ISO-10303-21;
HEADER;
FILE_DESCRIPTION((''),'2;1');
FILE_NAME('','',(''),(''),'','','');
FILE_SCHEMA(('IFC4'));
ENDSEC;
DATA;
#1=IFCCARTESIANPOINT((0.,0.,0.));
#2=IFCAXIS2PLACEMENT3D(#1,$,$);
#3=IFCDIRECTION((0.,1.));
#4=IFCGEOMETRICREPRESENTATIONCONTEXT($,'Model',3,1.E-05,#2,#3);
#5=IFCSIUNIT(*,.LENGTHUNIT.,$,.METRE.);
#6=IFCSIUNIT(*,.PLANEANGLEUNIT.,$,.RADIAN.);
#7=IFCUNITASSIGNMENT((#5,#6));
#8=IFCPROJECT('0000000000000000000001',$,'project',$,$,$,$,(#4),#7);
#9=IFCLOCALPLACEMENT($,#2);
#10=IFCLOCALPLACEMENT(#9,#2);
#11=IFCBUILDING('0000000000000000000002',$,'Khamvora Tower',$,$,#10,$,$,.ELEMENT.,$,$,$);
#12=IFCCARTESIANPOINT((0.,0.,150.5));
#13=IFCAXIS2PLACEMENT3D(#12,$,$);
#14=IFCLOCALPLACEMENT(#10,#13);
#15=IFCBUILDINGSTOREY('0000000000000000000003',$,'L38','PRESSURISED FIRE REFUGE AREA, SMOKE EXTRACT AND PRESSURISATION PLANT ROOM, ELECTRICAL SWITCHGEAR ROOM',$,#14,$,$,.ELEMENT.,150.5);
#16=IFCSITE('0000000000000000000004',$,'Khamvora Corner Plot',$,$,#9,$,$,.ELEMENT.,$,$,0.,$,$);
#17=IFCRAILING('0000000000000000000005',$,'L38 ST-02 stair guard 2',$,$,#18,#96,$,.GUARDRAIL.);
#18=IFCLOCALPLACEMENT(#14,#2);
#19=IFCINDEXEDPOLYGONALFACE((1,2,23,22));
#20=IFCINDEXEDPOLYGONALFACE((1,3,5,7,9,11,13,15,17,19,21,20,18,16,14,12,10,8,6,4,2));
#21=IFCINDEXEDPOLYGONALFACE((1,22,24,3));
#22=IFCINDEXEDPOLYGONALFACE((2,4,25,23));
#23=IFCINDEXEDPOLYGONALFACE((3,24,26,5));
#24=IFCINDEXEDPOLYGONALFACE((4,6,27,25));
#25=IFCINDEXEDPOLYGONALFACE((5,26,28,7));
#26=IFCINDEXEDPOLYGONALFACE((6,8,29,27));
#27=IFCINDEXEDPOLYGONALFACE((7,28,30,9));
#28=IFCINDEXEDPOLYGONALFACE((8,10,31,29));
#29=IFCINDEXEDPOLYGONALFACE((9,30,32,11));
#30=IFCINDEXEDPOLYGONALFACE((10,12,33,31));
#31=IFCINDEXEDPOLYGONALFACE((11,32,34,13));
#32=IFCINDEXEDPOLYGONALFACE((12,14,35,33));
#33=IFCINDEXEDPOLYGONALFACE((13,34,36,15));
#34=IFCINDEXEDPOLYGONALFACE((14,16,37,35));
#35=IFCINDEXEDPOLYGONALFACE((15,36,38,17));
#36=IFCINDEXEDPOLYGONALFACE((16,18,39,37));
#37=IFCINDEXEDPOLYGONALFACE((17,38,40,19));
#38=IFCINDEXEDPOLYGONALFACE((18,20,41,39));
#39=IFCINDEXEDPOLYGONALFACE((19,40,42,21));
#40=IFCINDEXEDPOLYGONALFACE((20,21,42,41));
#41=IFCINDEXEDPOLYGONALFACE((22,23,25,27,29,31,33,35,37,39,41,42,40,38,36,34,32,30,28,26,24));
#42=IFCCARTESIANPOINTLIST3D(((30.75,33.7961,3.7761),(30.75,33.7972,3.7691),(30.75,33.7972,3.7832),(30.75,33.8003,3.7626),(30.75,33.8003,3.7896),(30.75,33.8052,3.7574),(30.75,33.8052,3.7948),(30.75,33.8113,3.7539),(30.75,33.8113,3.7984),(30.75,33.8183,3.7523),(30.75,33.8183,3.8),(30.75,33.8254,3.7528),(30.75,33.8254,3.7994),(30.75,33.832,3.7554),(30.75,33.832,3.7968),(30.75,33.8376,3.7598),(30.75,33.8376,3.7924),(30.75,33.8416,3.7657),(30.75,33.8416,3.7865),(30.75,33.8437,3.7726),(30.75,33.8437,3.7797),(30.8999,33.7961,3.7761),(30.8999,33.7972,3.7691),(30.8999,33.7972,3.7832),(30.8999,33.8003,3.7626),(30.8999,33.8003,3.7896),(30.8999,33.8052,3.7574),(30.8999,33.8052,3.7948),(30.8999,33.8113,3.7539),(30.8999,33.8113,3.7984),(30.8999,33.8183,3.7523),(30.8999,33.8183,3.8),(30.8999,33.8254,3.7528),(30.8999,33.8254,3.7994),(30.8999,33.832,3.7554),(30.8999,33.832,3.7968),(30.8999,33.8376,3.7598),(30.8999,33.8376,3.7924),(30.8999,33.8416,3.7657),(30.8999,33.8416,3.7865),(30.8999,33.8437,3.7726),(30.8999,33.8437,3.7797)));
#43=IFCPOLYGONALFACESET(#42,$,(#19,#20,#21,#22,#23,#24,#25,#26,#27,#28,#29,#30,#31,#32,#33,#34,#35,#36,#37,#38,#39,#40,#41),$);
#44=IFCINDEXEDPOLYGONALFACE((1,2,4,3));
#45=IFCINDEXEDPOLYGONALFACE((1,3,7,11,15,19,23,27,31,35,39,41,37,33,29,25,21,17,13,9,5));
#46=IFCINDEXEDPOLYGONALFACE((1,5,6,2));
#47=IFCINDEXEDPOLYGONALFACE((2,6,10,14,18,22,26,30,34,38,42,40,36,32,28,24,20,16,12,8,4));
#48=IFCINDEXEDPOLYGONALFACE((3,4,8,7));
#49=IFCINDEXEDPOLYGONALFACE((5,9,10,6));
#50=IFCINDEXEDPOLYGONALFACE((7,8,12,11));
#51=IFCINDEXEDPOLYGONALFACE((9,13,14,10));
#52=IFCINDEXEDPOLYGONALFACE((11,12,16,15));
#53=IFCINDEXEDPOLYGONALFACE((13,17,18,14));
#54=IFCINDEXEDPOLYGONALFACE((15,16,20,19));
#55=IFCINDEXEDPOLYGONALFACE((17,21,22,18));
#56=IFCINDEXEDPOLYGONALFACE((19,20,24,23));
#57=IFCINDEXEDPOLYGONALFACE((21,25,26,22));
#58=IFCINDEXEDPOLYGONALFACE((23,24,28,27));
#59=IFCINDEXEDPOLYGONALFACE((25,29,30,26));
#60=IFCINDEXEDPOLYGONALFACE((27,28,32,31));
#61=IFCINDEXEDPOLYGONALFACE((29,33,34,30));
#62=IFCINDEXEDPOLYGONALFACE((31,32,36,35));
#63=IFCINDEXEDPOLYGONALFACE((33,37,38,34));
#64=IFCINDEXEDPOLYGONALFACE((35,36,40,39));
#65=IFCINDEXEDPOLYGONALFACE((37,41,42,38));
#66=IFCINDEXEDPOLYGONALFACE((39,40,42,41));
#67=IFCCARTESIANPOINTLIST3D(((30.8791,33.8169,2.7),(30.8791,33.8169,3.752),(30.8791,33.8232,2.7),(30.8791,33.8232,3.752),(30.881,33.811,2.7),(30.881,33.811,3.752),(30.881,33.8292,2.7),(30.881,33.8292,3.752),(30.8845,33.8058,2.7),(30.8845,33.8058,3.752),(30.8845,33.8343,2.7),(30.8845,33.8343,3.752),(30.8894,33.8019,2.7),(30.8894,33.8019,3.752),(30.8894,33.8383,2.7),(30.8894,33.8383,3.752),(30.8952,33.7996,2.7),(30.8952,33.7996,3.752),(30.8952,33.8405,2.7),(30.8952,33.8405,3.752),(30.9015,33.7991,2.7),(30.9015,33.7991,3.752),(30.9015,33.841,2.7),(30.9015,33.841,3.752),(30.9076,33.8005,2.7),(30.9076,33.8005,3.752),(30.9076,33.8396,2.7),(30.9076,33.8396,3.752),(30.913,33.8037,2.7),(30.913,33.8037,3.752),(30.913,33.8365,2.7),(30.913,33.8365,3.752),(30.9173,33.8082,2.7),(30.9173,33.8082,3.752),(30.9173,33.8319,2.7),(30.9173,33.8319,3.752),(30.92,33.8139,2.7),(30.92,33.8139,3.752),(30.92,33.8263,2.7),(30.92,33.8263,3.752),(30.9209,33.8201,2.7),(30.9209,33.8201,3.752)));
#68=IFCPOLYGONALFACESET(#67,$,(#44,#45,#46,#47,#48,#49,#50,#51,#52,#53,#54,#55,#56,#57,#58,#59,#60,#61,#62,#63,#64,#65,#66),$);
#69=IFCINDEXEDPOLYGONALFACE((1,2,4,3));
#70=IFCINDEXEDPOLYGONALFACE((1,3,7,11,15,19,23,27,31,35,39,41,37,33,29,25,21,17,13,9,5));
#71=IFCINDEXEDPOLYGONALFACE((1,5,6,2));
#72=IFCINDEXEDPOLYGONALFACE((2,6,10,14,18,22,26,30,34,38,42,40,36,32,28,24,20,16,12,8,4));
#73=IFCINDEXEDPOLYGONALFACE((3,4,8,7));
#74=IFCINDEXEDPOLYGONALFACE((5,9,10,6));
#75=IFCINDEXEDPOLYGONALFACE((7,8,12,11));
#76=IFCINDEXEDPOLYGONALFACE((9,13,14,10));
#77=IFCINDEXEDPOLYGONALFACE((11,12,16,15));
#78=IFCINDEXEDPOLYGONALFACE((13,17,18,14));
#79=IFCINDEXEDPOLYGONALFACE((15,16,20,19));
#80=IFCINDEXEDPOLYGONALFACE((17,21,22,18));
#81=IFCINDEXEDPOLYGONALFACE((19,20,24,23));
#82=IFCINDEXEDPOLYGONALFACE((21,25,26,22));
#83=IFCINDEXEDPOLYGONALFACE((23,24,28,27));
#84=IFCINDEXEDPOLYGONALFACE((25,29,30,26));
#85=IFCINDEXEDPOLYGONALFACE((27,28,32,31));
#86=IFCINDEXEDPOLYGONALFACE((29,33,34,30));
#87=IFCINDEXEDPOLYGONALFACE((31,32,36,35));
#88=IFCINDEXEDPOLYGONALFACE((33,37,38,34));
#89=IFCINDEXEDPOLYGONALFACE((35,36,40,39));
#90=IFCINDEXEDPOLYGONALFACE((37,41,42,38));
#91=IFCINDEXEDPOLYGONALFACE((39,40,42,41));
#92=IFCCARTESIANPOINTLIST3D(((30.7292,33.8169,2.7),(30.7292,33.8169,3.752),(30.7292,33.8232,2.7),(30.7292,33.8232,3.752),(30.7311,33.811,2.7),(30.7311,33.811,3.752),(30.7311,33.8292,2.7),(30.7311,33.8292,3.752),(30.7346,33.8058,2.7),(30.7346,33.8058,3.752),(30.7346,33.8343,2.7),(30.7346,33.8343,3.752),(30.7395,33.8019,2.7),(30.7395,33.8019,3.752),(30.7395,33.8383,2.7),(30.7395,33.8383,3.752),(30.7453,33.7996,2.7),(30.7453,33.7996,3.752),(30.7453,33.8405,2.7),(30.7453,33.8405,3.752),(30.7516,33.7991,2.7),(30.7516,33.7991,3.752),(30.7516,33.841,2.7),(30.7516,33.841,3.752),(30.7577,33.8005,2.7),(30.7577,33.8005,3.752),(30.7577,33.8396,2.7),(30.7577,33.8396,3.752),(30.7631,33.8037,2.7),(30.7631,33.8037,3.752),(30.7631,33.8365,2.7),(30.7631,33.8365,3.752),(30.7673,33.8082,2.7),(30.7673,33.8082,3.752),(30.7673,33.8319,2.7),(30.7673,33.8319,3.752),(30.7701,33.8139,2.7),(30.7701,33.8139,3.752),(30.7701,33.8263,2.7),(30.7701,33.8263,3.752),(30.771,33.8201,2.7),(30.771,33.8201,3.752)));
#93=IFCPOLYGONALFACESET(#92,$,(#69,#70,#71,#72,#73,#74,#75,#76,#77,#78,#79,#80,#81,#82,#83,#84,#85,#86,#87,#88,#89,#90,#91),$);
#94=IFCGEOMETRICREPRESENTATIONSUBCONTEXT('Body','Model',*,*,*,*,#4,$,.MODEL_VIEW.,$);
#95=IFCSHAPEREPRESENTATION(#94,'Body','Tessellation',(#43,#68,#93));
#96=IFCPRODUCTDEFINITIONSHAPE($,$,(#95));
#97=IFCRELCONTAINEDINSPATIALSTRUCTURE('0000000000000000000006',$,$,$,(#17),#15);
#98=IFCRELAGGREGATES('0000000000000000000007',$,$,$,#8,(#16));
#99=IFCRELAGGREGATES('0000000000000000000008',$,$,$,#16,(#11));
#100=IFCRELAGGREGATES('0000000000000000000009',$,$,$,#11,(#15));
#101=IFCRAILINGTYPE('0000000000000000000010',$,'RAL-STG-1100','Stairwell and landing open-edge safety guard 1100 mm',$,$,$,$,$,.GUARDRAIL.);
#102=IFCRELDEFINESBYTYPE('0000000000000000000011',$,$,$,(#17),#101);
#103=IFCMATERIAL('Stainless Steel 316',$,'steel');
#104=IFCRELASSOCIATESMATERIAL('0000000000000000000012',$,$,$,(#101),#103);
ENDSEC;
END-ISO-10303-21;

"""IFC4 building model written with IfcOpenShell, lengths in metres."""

from ifc_helpers import new_model, si_unit, direction, frame, origin, origin_2d, place, context, subcontext, project, spatial, circle, extrude, material, type_object, element, save


model = new_model("IFC4")

# Units and contexts
model_context = context("Model", 3, precision=1e-05, world=origin(), true_north=direction((0.0, 1.0)))
body_context = subcontext(model_context, "Body", "Model", "MODEL_VIEW")
ifc_project = project(units=[si_unit("LENGTHUNIT", "METRE"), si_unit("PLANEANGLEUNIT", "RADIAN")], contexts=[model_context])

# Site, building, storey
site_placement = place(None, origin())
site = spatial("IfcSite", under=ifc_project, at=site_placement, Name="Khamvora Corner Plot", CompositionType="ELEMENT", RefElevation=0.0)
building_placement = place(site_placement, origin())
building = spatial("IfcBuilding", under=site, at=building_placement, Name="Khamvora Tower", CompositionType="ELEMENT")
storey_placement = place(building_placement, frame((0.0, 0.0, 150.5)))
storey = spatial("IfcBuildingStorey", under=building, at=storey_placement, Name="L38", Description="PRESSURISED FIRE REFUGE AREA, SMOKE EXTRACT AND PRESSURISATION PLANT ROOM, ELECTRICAL SWITCHGEAR ROOM", CompositionType="ELEMENT", Elevation=150.5)

# Railing
ifc_material_1 = material(Name="Stainless Steel 316", Category="steel")
railing_type_1 = type_object("IfcRailingType", Name="RAL-STG-1100", Description="Stairwell and landing open-edge safety guard 1100 mm", PredefinedType="GUARDRAIL", material=ifc_material_1)
railing_1_placement = place(storey_placement, frame((30.8999, 33.8201, 2.7)))
element("IfcRailing", 1, at=railing_1_placement, inside=storey, type_object=railing_type_1, Name="L38 ST-02 stair guard 2", PredefinedType="GUARDRAIL", context=body_context, shape_type="SweptSolid", body=[
    extrude(circle(Radius=0.0239, at=origin_2d()), frame((0.0, 0.0, 1.0762), z_axis=(-1.0, 0.0, 0.0), x_axis=(0.0, -1.0, 0.0)), (0.0, 0.0, 1.0), 0.1499),
    extrude(circle(Radius=0.021, at=origin_2d()), origin(), (0.0, 0.0, 1.0), 1.052),
    extrude(circle(Radius=0.021, at=origin_2d()), frame((-0.1499, 0.0, 0.0)), (0.0, 0.0, 1.0), 1.052),
])

save(model, "model.ifc")
